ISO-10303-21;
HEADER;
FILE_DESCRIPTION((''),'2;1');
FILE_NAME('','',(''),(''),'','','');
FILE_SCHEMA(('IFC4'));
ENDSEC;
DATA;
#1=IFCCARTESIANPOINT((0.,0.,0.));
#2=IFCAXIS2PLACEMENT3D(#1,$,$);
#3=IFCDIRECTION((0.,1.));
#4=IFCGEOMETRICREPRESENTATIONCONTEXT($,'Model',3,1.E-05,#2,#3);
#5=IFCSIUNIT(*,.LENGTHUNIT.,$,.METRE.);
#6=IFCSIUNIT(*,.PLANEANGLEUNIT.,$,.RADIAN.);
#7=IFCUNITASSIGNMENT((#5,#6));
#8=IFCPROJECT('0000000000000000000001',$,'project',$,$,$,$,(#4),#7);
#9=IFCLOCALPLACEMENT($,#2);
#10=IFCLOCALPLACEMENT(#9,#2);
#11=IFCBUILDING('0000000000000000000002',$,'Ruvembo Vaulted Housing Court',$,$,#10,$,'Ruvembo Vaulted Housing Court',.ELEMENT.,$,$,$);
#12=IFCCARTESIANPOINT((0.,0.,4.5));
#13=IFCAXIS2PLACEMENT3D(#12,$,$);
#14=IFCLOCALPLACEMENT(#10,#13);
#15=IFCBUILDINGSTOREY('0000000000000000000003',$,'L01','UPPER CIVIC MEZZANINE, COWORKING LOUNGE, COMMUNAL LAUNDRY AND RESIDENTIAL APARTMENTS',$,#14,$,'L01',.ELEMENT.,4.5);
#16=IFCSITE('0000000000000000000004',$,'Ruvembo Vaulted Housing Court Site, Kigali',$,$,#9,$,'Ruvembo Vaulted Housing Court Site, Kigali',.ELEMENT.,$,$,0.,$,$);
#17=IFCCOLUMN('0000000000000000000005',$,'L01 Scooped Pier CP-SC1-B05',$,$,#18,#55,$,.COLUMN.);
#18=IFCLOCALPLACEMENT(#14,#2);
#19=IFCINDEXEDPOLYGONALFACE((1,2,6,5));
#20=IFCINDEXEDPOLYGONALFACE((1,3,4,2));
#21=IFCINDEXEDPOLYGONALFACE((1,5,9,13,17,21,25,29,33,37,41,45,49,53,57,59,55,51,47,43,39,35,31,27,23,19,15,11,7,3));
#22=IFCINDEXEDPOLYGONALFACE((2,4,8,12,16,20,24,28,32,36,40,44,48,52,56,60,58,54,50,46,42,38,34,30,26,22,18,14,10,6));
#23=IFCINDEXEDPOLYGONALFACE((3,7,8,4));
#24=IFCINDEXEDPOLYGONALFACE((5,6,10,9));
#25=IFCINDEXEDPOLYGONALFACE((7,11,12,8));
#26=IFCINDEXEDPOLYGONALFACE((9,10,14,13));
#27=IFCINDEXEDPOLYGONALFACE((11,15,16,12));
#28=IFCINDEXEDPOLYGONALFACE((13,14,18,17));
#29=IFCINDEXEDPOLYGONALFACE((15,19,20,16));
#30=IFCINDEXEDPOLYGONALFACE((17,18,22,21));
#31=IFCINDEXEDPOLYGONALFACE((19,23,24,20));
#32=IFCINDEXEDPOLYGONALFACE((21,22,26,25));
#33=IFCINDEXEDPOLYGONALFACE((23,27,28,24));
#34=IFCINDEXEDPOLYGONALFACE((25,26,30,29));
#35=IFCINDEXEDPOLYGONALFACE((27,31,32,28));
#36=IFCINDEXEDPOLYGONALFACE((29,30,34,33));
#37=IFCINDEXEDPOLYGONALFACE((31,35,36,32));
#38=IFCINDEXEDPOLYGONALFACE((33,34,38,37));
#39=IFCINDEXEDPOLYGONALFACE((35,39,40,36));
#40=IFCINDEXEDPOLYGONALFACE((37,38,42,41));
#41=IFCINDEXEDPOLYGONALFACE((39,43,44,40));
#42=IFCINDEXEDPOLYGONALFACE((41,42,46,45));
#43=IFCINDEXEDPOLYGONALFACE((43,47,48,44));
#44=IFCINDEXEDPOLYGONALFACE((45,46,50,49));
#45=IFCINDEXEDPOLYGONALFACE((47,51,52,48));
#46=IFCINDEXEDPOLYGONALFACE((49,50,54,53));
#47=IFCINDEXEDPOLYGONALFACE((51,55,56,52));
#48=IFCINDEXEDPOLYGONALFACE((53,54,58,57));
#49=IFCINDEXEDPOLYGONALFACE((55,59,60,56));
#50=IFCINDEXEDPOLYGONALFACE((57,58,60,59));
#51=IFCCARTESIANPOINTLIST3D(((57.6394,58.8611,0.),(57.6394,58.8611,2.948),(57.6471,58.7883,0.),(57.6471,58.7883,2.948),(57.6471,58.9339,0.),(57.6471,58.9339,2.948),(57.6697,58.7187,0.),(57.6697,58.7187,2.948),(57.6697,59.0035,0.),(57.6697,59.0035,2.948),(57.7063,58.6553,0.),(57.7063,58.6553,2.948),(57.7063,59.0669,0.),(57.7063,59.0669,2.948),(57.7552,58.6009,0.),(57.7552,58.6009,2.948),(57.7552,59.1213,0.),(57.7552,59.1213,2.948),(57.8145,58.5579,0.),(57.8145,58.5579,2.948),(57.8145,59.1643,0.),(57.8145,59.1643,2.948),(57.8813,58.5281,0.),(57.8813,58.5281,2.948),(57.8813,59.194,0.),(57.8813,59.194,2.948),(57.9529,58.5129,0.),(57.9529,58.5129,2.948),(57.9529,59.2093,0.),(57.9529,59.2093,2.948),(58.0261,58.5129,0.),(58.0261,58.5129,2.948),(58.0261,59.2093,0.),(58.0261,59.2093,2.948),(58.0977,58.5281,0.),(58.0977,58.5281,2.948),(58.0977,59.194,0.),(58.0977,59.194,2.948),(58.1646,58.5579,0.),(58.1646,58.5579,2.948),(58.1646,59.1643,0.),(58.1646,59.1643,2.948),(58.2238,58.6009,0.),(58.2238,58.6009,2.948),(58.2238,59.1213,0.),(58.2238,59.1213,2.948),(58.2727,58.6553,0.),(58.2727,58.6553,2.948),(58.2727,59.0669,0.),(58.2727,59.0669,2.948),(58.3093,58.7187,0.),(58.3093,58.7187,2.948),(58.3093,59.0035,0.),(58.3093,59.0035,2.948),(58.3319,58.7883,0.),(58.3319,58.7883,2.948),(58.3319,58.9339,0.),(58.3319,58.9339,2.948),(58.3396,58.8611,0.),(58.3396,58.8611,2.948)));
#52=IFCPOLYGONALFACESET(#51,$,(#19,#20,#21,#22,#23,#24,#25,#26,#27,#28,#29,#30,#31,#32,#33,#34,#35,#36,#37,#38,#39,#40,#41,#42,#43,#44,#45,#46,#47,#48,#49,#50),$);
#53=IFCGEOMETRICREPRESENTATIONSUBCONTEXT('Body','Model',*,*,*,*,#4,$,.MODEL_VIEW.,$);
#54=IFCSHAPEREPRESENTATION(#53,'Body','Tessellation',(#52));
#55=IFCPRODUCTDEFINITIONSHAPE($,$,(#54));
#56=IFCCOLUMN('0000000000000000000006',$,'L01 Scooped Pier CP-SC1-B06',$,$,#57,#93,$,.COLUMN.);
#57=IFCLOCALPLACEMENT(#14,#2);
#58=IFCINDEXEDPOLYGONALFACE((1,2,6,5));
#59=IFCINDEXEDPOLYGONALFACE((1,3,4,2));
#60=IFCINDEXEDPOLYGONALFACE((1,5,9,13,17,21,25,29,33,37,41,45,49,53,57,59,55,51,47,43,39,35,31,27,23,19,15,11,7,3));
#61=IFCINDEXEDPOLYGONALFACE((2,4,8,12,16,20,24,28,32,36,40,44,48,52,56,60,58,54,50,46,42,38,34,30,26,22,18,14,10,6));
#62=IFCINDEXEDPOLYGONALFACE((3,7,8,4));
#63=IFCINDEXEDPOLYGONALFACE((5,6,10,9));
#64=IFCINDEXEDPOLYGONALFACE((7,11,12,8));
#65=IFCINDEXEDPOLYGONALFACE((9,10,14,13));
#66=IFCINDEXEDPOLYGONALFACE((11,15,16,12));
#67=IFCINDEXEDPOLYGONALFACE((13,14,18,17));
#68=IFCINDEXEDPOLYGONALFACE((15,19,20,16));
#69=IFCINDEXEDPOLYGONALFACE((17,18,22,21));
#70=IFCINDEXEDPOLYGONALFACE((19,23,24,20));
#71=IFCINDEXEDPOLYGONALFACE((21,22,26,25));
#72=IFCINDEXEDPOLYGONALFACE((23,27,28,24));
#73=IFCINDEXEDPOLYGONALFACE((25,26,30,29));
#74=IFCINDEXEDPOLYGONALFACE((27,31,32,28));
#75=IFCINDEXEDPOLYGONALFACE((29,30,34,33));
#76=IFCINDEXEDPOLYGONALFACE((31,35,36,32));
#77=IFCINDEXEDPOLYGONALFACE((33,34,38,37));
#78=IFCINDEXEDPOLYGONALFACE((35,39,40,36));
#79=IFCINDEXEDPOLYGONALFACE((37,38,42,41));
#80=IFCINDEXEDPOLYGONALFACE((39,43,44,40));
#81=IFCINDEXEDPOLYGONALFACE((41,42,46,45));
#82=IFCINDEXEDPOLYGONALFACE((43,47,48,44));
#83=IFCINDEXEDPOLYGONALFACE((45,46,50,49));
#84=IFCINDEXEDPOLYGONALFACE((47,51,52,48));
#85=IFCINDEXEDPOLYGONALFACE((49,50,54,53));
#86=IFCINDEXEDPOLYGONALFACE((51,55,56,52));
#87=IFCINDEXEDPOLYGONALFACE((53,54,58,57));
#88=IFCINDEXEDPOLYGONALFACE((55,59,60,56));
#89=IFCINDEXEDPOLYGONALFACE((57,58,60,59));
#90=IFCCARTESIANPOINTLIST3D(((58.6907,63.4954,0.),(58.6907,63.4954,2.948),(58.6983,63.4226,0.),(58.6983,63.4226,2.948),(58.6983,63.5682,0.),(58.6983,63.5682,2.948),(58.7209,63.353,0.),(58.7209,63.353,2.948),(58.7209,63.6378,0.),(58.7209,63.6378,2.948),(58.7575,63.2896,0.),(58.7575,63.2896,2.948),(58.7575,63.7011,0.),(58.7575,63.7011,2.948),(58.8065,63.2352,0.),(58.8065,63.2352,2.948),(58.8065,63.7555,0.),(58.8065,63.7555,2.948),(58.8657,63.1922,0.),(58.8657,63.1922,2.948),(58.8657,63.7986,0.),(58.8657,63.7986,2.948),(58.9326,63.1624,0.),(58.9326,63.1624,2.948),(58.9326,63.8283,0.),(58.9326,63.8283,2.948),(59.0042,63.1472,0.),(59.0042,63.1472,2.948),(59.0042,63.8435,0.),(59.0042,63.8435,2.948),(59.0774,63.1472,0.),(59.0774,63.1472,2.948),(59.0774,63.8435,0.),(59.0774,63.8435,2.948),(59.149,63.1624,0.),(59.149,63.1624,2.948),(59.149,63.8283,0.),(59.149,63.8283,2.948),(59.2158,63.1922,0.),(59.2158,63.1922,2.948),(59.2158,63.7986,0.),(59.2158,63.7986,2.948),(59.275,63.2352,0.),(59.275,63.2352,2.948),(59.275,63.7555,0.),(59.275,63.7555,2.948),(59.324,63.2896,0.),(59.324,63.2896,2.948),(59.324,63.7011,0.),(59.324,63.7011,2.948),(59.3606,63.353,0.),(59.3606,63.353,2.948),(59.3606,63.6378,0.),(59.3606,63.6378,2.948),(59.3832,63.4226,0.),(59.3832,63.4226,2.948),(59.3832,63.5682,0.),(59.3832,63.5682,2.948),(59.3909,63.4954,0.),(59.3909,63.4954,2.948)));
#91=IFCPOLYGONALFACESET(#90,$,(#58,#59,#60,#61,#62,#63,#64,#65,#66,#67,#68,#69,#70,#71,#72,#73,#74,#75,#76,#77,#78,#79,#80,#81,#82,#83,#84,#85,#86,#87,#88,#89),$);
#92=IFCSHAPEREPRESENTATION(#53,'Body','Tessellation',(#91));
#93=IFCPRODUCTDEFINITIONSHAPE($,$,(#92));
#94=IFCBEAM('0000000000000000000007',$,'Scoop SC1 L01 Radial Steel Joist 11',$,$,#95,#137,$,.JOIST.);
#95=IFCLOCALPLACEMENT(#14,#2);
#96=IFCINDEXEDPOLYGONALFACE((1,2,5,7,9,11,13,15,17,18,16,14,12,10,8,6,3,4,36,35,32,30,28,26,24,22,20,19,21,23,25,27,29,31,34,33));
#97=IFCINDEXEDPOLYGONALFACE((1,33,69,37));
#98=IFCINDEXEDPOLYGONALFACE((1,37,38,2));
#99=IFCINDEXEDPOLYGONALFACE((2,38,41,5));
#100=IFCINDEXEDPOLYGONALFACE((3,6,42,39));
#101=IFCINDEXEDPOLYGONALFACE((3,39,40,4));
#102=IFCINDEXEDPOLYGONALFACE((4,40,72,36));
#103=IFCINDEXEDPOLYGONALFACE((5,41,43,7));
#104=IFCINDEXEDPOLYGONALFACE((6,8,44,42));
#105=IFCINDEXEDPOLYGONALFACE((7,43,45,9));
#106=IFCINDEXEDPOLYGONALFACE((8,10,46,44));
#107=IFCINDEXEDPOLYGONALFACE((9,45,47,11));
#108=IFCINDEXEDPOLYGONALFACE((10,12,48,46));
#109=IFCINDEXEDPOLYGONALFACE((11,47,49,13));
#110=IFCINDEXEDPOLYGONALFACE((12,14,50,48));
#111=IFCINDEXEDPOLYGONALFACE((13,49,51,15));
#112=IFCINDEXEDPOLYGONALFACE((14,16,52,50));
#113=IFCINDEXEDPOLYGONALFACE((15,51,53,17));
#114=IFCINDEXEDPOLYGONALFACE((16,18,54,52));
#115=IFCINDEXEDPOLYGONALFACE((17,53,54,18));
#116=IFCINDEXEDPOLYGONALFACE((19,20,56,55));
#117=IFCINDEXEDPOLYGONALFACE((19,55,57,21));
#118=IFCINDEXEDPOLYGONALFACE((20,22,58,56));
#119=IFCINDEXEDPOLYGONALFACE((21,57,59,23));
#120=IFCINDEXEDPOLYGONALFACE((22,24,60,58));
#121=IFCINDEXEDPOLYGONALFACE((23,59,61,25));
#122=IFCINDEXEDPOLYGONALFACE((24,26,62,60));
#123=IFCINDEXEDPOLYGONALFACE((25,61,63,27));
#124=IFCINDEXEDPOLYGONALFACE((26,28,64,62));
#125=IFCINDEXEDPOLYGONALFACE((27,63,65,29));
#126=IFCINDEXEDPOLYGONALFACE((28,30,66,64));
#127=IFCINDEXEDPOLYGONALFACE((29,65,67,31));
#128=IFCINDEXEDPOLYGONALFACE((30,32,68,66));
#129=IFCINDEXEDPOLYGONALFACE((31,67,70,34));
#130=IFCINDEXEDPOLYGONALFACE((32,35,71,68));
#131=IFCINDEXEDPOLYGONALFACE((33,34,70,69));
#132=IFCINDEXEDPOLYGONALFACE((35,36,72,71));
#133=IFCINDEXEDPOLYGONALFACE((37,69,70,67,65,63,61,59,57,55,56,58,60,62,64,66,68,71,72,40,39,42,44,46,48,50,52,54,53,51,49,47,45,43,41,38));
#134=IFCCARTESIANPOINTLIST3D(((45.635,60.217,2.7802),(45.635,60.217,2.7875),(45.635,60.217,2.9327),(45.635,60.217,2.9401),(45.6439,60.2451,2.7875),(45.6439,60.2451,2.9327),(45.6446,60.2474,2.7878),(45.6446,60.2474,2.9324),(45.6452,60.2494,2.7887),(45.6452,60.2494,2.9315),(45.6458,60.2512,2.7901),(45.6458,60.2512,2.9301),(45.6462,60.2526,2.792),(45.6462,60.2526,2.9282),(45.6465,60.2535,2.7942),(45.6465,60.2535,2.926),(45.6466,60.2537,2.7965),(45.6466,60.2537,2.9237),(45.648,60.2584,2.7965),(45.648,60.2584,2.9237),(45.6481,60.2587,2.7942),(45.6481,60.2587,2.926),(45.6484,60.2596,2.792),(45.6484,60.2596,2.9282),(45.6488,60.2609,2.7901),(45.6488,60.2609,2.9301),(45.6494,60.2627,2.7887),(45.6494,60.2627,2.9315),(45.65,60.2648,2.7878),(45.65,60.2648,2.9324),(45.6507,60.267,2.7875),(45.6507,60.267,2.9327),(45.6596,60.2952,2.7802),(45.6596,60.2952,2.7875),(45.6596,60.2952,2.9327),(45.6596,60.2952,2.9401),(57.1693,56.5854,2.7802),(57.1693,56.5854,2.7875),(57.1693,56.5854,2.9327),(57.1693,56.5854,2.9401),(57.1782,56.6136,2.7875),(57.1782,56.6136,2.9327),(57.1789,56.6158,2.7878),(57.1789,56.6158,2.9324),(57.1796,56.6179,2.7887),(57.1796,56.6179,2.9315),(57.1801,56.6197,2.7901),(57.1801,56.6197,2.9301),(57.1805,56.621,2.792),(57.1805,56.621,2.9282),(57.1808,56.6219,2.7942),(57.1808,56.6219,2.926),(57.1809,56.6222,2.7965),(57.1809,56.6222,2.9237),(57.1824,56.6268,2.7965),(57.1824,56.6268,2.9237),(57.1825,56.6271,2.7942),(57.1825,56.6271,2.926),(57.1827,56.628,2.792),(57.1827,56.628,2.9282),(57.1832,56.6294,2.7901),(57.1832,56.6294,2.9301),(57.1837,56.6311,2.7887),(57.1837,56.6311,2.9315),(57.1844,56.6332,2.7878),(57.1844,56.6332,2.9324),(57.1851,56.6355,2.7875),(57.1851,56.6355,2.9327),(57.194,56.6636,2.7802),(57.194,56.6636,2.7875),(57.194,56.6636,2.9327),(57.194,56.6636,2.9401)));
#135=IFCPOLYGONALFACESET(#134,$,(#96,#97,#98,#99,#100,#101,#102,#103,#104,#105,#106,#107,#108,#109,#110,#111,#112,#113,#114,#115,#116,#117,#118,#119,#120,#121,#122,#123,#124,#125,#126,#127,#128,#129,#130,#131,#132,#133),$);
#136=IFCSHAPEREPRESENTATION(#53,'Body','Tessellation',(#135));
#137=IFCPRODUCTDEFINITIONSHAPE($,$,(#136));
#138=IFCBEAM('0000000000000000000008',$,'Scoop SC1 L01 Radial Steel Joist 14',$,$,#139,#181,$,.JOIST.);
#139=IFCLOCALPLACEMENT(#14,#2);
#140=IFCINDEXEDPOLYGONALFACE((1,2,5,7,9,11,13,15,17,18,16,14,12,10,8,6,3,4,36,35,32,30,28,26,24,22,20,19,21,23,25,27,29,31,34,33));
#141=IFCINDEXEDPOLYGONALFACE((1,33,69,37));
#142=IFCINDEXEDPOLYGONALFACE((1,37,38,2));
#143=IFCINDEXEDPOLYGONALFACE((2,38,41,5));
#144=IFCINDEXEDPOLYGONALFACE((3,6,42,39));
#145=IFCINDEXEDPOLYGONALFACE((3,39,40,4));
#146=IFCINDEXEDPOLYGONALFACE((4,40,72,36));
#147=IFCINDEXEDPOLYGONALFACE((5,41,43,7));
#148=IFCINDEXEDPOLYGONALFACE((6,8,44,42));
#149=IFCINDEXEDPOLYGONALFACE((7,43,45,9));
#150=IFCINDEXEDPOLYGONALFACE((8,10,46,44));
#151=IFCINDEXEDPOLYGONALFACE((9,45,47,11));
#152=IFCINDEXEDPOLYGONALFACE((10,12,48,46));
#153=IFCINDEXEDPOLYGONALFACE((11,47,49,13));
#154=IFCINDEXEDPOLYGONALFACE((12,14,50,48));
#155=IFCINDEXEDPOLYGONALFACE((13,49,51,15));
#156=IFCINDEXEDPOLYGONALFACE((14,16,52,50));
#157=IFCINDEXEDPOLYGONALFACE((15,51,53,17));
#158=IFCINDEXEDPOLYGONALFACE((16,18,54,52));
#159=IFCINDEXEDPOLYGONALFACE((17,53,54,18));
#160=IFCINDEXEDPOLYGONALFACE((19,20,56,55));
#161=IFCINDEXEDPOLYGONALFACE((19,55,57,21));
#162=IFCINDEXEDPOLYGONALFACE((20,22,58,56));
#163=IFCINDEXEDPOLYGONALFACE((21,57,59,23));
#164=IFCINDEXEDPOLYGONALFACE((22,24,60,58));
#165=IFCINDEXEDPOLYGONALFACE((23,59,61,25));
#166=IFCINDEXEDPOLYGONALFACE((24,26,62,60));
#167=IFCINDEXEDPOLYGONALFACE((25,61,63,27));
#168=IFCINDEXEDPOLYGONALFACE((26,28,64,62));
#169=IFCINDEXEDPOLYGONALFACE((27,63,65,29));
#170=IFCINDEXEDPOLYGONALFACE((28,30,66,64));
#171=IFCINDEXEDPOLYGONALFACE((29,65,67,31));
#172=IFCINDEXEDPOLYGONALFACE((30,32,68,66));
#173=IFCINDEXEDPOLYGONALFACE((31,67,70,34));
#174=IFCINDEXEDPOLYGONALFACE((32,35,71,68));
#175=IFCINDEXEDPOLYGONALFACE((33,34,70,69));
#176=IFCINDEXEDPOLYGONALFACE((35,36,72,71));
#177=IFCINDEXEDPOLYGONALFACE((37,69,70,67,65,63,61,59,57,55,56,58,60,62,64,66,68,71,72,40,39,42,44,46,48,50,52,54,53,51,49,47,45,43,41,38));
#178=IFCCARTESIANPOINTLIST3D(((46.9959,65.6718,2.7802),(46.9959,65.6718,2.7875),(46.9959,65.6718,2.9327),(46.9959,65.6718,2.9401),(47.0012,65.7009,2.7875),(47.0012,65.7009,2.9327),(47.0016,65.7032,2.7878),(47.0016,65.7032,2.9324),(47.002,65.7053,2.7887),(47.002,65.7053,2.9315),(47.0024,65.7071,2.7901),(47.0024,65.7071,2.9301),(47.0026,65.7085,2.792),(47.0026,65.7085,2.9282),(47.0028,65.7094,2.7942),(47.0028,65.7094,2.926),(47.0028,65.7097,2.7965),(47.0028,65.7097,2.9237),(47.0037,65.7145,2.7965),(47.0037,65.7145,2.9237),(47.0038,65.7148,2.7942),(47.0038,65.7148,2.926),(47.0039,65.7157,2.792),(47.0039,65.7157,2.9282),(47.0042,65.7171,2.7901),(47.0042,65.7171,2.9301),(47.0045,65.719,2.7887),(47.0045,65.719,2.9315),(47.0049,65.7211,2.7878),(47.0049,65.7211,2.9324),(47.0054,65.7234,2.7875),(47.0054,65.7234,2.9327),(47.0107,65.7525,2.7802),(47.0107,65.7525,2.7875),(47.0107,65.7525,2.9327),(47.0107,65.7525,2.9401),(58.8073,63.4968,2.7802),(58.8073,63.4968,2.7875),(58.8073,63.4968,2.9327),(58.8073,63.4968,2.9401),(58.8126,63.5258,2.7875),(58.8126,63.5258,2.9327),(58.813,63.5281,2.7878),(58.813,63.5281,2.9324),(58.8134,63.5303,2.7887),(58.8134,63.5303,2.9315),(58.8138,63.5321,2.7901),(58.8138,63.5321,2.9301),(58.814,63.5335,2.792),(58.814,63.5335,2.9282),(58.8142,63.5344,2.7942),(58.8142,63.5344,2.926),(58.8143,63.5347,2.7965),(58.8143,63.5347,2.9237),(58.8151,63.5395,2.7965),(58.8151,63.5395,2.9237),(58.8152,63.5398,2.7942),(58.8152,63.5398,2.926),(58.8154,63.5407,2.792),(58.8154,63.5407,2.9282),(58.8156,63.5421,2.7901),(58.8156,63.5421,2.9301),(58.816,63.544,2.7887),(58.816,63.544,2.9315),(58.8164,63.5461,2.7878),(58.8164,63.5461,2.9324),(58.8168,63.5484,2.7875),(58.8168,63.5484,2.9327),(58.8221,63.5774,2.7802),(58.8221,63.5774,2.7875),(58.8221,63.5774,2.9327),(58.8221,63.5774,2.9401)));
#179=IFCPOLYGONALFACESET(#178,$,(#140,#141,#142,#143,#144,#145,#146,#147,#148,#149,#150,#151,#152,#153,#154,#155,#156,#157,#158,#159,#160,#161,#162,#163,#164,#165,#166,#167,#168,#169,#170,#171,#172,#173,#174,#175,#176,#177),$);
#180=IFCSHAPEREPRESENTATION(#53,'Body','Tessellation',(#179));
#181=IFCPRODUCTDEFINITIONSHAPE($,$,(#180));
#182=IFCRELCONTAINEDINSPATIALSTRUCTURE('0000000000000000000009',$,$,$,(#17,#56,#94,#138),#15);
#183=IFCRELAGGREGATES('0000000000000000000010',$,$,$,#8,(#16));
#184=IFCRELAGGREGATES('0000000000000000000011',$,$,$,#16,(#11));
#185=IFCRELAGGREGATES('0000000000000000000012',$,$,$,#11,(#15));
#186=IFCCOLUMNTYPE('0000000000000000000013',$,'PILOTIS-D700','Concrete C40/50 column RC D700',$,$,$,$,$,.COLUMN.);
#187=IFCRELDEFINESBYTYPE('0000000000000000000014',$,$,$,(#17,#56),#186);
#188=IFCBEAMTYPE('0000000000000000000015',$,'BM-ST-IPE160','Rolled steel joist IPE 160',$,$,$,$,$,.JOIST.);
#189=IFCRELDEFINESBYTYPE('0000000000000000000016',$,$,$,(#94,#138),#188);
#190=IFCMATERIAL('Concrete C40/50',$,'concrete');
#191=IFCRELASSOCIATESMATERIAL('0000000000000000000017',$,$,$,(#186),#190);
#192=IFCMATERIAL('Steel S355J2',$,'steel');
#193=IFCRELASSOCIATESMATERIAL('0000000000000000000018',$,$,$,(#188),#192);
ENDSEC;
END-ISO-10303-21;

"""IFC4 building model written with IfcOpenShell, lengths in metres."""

from ifc_helpers import new_model, si_unit, direction, frame, origin, origin_2d, place, context, subcontext, project, spatial, circle, i_section, extrude, material, material_profile, profile_set, type_object, element, save


model = new_model("IFC4")

# Units and contexts
model_context = context("Model", 3, precision=1e-05, world=origin(), true_north=direction((0.0, 1.0)))
body_context = subcontext(model_context, "Body", "Model", "MODEL_VIEW")
ifc_project = project(units=[si_unit("LENGTHUNIT", "METRE"), si_unit("PLANEANGLEUNIT", "RADIAN")], contexts=[model_context])

# Site, building, storey
site_placement = place(None, origin())
site = spatial("IfcSite", under=ifc_project, at=site_placement, Name="Ruvembo Vaulted Housing Court Site, Kigali", LongName="Ruvembo Vaulted Housing Court Site, Kigali", CompositionType="ELEMENT", RefElevation=0.0)
building_placement = place(site_placement, origin())
building = spatial("IfcBuilding", under=site, at=building_placement, Name="Ruvembo Vaulted Housing Court", LongName="Ruvembo Vaulted Housing Court", CompositionType="ELEMENT")
storey_placement = place(building_placement, frame((0.0, 0.0, 4.5)))
storey = spatial("IfcBuildingStorey", under=building, at=storey_placement, Name="L01", Description="UPPER CIVIC MEZZANINE, COWORKING LOUNGE, COMMUNAL LAUNDRY AND RESIDENTIAL APARTMENTS", LongName="L01", CompositionType="ELEMENT", Elevation=4.5)

# Columns
ifc_material_1 = material(Name="Concrete C40/50", Category="concrete")
ifc_material_profile_1 = material_profile(ifc_material_1, circle(Radius=0.3501, at=origin_2d()), Name="RC D700")
ifc_profile_set_1 = profile_set([ifc_material_profile_1], Name="Concrete C40/50")
column_type = type_object("IfcColumnType", Name="PILOTIS-D700", Description="Concrete C40/50 column RC D700", PredefinedType="COLUMN", material=ifc_profile_set_1)
for number, where, z_axis, x_axis, name in (
    (1, (57.9895, 58.8611, 0.0), (0.0, 0.0, 1.0), (1.0, 0.0, 0.0), "L01 Scooped Pier CP-SC1-B05"),
    (2, (59.0408, 63.4954, 0.0), (0.0, 0.0, 1.0), (1.0, 0.0, 0.0), "L01 Scooped Pier CP-SC1-B06"),
):
    element("IfcColumn", number, at=place(storey_placement, frame(where, z_axis=z_axis, x_axis=x_axis)), inside=storey, type_object=column_type, Name=name, PredefinedType="COLUMN", context=body_context, shape_type="SweptSolid", body=[
        extrude(circle(Radius=0.3501, at=origin_2d()), origin(), (0.0, 0.0, 1.0), 2.948),
    ])

# Beams
ifc_material_2 = material(Name="Steel S355J2", Category="steel")
ifc_material_profile_2 = material_profile(ifc_material_2, i_section(OverallWidth=0.082, OverallDepth=0.1599, WebThickness=0.0049, FlangeThickness=0.0073, FilletRadius=0.009, at=origin_2d()), Name="IPE 160")
ifc_profile_set_2 = profile_set([ifc_material_profile_2], Name="Steel S355J2")
beam_type_1 = type_object("IfcBeamType", Name="BM-ST-IPE160", Description="Rolled steel joist IPE 160", PredefinedType="JOIST", material=ifc_profile_set_2)
beam_1_placement = place(storey_placement, frame((57.1816, 56.6245, 2.8601), z_axis=(-0.95384, 0.300315, 0.0), x_axis=(-0.300315, -0.95384, 0.0)))
element("IfcBeam", 3, at=beam_1_placement, inside=storey, type_object=beam_type_1, Name="Scoop SC1 L01 Radial Steel Joist 11", PredefinedType="JOIST", context=body_context, shape_type="SweptSolid", body=[
    extrude(i_section(OverallWidth=0.082, OverallDepth=0.1599, WebThickness=0.0049, FlangeThickness=0.0073, FilletRadius=0.009, at=origin_2d()), origin(), (0.0, 0.0, 1.0), 12.0925),
])
beam_2_placement = place(storey_placement, frame((58.8147, 63.5371, 2.8601), z_axis=(-0.983464, 0.181101, 0.0), x_axis=(-0.181101, -0.983464, 0.0)))
element("IfcBeam", 4, at=beam_2_placement, inside=storey, type_object=beam_type_1, Name="Scoop SC1 L01 Radial Steel Joist 14", PredefinedType="JOIST", context=body_context, shape_type="SweptSolid", body=[
    extrude(i_section(OverallWidth=0.082, OverallDepth=0.1599, WebThickness=0.0049, FlangeThickness=0.0073, FilletRadius=0.009, at=origin_2d()), origin(), (0.0, 0.0, 1.0), 12.01),
])

save(model, "model.ifc")
